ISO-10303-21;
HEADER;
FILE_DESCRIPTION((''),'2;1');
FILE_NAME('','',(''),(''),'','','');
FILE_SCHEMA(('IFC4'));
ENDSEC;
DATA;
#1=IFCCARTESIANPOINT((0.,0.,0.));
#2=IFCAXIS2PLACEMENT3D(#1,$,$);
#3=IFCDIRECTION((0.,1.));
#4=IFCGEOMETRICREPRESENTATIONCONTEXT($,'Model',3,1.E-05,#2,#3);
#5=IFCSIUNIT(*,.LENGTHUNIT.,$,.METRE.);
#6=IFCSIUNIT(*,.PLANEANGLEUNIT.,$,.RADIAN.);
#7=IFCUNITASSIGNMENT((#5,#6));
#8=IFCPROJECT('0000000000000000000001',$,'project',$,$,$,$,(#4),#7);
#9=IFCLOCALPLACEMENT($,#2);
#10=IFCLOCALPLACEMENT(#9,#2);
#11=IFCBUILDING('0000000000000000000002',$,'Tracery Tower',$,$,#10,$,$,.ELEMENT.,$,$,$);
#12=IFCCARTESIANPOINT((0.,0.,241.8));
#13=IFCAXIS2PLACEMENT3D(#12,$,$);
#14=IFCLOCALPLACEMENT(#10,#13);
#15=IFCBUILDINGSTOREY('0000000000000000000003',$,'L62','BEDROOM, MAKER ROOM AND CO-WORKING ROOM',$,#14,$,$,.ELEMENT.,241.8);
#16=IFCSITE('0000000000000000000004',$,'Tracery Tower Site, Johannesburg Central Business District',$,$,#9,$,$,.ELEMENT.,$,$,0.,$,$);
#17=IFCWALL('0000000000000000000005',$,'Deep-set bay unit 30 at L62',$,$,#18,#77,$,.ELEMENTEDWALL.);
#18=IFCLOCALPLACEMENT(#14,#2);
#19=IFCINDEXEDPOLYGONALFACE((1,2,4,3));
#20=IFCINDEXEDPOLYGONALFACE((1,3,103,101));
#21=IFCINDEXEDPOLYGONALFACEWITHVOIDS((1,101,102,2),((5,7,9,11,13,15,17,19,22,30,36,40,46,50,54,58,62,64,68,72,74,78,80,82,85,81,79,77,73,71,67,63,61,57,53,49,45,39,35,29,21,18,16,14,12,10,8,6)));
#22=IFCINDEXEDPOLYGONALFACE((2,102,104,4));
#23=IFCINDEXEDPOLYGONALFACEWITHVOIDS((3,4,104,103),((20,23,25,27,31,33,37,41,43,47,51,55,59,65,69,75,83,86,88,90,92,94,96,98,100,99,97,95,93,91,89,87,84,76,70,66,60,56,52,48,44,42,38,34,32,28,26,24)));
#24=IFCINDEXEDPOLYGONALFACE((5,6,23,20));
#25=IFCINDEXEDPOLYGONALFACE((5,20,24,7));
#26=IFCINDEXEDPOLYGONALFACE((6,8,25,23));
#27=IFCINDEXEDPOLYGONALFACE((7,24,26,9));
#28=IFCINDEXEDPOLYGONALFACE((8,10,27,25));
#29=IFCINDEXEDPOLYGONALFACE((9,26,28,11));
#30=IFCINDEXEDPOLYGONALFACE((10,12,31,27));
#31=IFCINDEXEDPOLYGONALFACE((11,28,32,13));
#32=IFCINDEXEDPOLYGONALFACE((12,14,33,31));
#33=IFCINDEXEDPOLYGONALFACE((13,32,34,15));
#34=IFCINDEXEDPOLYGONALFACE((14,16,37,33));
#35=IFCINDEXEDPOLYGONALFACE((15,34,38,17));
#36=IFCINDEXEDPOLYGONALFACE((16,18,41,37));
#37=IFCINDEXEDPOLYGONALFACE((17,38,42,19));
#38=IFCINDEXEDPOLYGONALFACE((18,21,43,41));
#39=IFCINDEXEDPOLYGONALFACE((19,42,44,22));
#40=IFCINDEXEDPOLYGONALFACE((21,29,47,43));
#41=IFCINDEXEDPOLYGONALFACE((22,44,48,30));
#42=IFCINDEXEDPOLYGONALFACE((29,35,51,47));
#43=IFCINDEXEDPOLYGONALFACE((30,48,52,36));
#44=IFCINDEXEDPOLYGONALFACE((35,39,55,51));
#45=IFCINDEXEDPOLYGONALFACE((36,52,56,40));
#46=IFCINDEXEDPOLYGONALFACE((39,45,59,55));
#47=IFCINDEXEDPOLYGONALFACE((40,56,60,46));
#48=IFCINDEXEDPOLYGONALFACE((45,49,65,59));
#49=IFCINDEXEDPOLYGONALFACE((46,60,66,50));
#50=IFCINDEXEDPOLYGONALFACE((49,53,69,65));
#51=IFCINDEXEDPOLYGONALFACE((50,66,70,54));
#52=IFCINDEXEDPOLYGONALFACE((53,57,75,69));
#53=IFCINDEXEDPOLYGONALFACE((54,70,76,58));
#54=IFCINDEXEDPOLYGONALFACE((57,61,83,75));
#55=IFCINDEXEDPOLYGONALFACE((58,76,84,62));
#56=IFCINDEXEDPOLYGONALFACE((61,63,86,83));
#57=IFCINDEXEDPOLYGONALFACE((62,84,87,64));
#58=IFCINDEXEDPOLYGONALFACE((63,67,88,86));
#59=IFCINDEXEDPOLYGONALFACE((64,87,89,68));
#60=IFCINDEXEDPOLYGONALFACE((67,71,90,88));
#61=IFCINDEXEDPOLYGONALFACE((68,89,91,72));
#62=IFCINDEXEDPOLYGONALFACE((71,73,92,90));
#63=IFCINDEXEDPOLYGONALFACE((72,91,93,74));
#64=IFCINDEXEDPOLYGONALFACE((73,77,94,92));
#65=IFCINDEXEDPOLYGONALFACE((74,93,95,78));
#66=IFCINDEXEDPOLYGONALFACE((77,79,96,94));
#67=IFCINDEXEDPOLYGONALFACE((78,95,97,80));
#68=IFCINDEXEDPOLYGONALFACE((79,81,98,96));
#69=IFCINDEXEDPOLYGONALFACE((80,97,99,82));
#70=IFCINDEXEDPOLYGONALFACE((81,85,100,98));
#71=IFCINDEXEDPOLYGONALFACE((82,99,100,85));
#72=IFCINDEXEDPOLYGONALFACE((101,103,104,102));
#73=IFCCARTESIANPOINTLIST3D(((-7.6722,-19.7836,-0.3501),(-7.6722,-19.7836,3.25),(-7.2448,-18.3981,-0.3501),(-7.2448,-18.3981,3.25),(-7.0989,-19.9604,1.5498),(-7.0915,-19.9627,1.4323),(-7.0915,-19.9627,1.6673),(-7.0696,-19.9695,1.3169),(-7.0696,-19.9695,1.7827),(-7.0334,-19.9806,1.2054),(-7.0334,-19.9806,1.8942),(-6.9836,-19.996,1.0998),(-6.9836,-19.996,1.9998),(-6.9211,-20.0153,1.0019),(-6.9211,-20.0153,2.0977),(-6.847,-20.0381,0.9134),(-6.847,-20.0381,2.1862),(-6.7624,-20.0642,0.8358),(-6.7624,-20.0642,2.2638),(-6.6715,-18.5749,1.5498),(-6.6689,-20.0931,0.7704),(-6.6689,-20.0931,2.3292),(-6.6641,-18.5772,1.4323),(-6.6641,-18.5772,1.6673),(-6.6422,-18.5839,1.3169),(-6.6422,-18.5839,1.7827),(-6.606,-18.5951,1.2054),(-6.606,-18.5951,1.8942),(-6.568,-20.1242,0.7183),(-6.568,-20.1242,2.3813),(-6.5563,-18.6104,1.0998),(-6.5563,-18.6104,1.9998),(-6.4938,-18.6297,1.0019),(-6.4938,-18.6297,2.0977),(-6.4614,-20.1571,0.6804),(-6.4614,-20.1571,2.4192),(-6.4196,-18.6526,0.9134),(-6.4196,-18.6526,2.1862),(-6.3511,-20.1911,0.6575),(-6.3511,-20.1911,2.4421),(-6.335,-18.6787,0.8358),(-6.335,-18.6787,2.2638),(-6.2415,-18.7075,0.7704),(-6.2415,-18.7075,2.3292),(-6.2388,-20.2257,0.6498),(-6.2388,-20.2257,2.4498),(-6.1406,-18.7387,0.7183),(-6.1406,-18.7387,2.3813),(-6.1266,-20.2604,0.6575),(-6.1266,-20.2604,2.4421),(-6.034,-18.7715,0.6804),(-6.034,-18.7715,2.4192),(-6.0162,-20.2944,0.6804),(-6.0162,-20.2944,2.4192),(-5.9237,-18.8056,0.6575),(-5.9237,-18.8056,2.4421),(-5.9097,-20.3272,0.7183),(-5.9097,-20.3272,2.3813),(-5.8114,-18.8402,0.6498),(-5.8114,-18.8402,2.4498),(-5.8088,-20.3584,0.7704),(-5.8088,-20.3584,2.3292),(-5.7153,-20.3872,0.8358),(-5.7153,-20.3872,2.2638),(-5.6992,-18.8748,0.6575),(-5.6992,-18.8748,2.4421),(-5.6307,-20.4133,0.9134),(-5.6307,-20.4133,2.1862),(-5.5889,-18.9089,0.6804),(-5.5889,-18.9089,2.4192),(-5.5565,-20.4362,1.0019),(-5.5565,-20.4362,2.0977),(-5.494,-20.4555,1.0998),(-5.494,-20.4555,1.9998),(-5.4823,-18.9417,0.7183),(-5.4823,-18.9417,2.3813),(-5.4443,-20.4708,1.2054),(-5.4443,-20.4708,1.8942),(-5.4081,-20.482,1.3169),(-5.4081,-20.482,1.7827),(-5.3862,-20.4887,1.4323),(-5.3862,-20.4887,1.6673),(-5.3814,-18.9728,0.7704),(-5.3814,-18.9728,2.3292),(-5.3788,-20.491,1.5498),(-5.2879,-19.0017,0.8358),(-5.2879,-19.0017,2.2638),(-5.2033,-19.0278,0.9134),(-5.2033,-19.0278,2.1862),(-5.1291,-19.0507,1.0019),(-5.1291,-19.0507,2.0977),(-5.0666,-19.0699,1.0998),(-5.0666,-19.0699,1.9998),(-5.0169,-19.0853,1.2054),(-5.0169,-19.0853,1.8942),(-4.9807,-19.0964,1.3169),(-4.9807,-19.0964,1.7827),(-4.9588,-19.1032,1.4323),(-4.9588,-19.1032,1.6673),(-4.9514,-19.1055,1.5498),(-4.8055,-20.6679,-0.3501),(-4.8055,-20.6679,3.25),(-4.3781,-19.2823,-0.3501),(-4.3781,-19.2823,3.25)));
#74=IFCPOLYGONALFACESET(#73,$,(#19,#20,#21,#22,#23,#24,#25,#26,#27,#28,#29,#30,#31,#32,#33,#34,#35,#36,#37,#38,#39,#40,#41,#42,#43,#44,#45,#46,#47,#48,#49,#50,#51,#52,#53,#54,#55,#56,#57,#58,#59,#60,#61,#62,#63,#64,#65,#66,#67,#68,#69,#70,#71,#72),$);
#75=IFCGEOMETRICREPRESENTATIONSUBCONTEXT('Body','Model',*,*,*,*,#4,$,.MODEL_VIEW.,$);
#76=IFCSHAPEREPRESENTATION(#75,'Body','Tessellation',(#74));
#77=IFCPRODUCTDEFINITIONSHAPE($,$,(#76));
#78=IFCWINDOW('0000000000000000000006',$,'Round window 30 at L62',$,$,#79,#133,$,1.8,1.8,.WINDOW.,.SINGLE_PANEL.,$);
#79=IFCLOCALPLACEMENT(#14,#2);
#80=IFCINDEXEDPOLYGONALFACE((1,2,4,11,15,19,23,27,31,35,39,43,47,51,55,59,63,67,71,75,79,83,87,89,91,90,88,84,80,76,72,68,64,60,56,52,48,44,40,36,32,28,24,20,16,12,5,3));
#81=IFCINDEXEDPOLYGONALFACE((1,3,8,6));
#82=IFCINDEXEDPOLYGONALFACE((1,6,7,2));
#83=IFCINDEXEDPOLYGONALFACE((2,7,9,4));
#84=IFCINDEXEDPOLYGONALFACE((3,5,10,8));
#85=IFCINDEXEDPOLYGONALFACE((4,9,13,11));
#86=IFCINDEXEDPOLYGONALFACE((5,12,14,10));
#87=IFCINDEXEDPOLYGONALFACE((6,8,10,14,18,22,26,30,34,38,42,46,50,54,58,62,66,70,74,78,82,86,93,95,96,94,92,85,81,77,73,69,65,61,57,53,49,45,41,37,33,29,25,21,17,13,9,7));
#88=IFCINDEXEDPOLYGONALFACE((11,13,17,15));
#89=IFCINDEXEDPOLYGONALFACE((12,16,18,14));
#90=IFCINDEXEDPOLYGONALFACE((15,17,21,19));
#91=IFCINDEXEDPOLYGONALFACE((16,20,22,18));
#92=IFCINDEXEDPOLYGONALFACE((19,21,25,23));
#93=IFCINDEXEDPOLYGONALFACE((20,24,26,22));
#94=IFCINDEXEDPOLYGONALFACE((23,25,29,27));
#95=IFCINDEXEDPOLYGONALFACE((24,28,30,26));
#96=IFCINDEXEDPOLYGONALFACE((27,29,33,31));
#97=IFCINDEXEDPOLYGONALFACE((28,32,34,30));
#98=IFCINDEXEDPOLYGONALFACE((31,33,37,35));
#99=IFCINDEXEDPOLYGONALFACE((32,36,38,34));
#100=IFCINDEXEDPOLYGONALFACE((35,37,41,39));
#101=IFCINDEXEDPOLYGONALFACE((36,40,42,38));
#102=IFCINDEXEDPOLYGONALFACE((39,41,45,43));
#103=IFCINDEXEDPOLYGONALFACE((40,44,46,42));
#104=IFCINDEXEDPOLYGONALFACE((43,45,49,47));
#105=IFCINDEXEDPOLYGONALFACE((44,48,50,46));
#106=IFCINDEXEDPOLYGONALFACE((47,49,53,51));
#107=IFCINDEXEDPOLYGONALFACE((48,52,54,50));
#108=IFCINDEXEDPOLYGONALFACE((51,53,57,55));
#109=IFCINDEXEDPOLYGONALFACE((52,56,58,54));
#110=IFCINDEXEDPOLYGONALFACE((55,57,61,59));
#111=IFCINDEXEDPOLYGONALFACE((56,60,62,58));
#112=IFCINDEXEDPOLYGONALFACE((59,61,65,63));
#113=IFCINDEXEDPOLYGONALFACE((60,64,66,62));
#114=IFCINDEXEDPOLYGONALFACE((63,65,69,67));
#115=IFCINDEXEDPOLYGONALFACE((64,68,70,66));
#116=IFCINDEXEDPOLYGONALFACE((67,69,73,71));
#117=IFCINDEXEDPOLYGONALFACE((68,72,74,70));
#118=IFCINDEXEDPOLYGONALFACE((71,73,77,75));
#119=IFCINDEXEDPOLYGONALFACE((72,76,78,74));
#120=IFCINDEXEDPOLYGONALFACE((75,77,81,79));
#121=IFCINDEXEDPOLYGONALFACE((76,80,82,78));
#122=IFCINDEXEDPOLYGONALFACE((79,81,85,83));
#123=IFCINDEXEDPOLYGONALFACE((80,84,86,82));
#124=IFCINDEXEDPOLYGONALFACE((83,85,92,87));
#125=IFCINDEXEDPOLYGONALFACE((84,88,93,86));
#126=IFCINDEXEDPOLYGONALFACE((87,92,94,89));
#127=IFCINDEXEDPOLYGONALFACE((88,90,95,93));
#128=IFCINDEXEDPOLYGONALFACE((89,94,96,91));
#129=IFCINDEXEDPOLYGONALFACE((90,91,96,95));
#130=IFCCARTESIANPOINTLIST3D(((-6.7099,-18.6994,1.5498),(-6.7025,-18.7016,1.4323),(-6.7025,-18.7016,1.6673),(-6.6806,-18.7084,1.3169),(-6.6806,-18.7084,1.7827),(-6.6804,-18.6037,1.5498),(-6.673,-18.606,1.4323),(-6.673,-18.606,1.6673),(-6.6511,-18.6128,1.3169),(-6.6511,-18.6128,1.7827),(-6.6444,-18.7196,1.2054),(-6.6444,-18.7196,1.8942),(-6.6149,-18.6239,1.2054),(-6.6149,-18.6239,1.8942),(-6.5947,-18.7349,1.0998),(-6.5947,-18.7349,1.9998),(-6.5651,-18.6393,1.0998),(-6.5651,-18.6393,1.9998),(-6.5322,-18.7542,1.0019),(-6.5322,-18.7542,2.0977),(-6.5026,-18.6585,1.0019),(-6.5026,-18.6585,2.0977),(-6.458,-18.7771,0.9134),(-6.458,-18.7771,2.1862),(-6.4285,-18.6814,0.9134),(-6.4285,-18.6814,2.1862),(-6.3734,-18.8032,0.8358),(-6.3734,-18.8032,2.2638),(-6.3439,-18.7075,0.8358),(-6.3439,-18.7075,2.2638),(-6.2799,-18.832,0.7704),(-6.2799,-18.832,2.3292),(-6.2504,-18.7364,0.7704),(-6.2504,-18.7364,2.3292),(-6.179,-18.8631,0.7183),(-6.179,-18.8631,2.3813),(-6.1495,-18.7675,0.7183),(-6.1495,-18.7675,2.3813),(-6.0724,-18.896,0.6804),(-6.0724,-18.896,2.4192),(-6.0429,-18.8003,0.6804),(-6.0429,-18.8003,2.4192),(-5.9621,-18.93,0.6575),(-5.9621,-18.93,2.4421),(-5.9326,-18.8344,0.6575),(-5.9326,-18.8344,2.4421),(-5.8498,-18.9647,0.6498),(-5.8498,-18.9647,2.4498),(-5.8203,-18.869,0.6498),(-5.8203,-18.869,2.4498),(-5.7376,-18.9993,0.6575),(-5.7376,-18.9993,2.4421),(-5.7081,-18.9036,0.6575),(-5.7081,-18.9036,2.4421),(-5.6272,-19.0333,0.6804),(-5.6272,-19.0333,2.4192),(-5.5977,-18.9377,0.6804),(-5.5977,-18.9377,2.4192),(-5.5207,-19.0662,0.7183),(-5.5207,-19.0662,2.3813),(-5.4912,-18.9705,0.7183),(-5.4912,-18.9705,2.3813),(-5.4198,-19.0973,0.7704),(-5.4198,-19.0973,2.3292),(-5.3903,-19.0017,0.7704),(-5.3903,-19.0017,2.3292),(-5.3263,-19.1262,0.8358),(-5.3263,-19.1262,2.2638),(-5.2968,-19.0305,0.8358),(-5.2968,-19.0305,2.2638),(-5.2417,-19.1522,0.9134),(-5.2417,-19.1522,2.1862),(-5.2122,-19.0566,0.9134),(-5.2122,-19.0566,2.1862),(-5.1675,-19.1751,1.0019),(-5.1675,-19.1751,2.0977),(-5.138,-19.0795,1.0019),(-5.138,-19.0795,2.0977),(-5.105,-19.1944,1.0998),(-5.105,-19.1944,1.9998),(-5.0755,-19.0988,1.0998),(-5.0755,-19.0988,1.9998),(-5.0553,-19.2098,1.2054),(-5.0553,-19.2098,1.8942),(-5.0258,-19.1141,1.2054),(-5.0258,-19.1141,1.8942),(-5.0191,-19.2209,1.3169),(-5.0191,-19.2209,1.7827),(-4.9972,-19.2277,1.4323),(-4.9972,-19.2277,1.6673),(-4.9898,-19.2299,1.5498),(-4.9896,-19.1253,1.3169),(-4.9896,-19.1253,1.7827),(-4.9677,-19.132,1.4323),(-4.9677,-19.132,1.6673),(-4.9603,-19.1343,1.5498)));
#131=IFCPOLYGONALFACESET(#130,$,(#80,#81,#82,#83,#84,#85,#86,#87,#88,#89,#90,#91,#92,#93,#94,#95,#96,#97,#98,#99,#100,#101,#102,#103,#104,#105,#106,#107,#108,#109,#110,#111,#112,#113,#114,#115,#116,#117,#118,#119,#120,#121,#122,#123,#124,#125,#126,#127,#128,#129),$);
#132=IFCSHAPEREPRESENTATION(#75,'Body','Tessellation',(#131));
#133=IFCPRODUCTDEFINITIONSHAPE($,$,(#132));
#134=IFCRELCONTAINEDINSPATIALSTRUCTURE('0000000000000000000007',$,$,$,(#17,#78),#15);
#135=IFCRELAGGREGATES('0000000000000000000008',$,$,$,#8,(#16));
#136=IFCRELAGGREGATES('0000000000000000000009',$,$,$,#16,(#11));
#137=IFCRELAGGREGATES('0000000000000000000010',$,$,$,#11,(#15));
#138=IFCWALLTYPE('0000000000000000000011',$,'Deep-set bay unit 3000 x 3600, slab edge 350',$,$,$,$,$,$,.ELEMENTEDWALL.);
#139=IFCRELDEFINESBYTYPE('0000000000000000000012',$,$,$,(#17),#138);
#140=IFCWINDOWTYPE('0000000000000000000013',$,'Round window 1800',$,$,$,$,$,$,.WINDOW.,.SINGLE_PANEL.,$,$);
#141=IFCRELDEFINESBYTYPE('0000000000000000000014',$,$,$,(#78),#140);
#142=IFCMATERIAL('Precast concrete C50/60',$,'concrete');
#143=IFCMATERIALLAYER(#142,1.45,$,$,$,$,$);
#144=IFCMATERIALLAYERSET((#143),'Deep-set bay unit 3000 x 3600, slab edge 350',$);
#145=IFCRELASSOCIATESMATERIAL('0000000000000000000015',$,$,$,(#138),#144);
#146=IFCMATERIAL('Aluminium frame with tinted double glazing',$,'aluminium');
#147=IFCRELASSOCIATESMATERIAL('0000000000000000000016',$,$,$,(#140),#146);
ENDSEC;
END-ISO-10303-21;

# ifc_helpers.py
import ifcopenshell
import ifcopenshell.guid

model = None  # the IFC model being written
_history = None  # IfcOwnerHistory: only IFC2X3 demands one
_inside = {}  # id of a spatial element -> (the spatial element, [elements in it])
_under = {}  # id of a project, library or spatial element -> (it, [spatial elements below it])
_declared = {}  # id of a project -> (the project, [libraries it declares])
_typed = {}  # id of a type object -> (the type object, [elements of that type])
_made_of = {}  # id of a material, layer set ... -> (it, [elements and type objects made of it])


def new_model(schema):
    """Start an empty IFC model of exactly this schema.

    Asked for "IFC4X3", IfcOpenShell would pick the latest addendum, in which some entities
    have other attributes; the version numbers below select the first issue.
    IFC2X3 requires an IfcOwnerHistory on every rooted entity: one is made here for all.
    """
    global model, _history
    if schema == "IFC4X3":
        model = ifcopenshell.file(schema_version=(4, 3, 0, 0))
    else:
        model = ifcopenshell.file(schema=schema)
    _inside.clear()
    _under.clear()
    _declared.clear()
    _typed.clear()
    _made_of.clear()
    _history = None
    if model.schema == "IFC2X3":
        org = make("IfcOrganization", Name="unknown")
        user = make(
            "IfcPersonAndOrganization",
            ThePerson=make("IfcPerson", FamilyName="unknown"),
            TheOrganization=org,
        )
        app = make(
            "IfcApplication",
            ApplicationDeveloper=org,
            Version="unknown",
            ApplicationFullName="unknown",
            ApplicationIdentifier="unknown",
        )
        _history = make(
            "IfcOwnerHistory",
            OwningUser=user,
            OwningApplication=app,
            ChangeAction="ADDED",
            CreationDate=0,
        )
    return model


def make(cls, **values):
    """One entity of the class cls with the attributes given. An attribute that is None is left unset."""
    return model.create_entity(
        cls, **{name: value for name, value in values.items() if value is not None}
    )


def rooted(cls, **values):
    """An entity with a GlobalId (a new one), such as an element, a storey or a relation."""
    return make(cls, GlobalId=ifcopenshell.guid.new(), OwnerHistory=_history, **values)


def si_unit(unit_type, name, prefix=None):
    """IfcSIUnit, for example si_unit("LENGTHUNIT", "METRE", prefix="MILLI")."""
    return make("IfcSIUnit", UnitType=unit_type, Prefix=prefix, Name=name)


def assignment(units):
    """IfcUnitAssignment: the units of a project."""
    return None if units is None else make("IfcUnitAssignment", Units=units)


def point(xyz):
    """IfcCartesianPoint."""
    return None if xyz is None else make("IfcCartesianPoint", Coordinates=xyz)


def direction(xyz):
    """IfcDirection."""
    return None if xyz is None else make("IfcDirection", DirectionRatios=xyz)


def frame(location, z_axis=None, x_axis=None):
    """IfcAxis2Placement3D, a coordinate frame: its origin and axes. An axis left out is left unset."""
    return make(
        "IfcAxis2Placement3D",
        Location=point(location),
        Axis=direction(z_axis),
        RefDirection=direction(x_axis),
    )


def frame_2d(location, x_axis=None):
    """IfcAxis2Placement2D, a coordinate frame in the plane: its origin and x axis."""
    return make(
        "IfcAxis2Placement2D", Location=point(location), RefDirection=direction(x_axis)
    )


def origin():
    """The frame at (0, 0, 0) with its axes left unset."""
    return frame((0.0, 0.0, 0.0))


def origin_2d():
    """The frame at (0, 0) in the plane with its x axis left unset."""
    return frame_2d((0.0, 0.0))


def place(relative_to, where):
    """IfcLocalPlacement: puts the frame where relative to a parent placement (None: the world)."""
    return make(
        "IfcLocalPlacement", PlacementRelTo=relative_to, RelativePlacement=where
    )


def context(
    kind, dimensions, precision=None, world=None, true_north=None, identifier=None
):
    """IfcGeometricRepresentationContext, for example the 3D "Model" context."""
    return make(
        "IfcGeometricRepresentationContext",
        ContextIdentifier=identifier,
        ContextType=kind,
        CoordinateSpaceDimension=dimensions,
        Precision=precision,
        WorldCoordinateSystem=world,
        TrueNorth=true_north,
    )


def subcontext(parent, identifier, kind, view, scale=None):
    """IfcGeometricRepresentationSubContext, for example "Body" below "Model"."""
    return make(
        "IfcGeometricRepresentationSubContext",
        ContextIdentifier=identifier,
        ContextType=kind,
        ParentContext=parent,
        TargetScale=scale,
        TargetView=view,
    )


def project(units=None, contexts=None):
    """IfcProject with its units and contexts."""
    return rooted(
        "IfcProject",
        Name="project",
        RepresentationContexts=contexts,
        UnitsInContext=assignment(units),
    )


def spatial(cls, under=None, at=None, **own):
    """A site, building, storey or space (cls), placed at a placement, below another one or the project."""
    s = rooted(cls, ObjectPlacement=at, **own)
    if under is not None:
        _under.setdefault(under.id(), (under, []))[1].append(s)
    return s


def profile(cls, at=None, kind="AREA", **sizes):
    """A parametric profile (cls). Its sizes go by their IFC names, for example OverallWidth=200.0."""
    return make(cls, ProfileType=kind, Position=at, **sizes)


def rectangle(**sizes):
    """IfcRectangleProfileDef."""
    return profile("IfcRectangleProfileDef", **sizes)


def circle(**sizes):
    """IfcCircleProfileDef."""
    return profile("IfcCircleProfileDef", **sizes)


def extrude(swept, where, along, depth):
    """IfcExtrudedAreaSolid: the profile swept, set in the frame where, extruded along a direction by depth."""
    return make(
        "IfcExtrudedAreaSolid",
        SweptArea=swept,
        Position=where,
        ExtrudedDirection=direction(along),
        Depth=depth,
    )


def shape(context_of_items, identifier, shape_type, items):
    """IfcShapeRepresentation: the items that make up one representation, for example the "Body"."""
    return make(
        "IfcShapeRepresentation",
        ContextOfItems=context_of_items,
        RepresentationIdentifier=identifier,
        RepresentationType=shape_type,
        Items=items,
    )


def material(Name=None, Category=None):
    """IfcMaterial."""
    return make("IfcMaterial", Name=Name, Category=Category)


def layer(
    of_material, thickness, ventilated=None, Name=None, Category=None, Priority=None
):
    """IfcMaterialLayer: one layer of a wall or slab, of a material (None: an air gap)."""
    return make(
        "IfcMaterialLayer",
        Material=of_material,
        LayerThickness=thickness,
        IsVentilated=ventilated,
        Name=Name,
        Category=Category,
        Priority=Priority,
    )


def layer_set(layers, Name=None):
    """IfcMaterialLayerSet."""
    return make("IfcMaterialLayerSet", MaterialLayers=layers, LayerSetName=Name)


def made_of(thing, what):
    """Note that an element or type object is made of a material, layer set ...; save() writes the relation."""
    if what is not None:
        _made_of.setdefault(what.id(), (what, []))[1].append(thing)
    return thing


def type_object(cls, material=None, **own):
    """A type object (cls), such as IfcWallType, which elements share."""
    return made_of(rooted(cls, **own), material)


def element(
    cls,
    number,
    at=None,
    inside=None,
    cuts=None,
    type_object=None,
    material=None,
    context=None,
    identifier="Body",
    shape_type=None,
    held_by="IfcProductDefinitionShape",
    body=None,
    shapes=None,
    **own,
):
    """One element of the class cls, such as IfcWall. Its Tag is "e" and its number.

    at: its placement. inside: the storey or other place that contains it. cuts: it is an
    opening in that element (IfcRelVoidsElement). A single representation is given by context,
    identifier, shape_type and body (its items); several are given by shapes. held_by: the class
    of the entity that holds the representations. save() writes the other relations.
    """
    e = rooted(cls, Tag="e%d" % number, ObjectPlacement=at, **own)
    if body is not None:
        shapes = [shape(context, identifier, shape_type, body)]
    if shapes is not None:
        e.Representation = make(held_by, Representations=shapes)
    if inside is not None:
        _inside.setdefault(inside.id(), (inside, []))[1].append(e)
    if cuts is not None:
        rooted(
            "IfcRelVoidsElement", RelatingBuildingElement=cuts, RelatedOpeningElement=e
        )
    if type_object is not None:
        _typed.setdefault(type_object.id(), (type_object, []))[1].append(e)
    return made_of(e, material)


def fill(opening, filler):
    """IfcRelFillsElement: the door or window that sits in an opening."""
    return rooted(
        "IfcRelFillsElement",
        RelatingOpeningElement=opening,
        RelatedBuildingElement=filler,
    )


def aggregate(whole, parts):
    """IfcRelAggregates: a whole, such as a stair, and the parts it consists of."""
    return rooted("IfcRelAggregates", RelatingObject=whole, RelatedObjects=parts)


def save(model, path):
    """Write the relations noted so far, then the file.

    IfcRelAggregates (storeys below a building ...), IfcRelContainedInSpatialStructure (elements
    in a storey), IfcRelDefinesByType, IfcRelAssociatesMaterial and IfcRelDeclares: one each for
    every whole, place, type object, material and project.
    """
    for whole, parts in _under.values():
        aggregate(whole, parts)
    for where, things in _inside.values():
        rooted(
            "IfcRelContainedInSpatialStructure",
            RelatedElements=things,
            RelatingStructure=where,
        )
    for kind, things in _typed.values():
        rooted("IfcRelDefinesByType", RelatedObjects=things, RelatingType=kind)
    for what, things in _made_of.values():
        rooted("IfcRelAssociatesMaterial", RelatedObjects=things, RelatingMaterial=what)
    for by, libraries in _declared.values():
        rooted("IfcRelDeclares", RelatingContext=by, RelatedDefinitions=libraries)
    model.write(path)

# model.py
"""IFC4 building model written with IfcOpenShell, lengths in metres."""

from ifc_helpers import new_model, si_unit, direction, frame, frame_2d, origin, origin_2d, place, context, subcontext, project, spatial, rectangle, circle, extrude, material, layer, layer_set, type_object, element, fill, save


model = new_model("IFC4")

# Units and contexts
model_context = context("Model", 3, precision=1e-05, world=origin(), true_north=direction((0.0, 1.0)))
body_context = subcontext(model_context, "Body", "Model", "MODEL_VIEW")
ifc_project = project(units=[si_unit("LENGTHUNIT", "METRE"), si_unit("PLANEANGLEUNIT", "RADIAN")], contexts=[model_context])

# Site, building, storey
site_placement = place(None, origin())
site = spatial("IfcSite", under=ifc_project, at=site_placement, Name="Tracery Tower Site, Johannesburg Central Business District", CompositionType="ELEMENT", RefElevation=0.0)
building_placement = place(site_placement, origin())
building = spatial("IfcBuilding", under=site, at=building_placement, Name="Tracery Tower", CompositionType="ELEMENT")
storey_placement = place(building_placement, frame((0.0, 0.0, 241.8)))
storey = spatial("IfcBuildingStorey", under=building, at=storey_placement, Name="L62", Description="BEDROOM, MAKER ROOM AND CO-WORKING ROOM", CompositionType="ELEMENT", Elevation=241.8)

# Wall, opening, window
ifc_material_1 = material(Name="Precast concrete C50/60", Category="concrete")
ifc_layer_1 = layer(ifc_material_1, 1.45)
ifc_layer_set_1 = layer_set([ifc_layer_1], Name="Deep-set bay unit 3000 x 3600, slab edge 350")
wall_type_1 = type_object("IfcWallType", Name="Deep-set bay unit 3000 x 3600, slab edge 350", PredefinedType="ELEMENTEDWALL", material=ifc_layer_set_1)
wall_1_placement = place(storey_placement, frame((-7.4585, -19.0908, -0.3501), z_axis=(0.0, 0.0, 1.0), x_axis=(0.955571, -0.294761, 0.0)))
wall_1 = element("IfcWall", 1, at=wall_1_placement, inside=storey, type_object=wall_type_1, Name="Deep-set bay unit 30 at L62", PredefinedType="ELEMENTEDWALL", context=body_context, shape_type="SweptSolid", body=[
    extrude(rectangle(XDim=3.0, YDim=1.45, at=frame_2d((1.5, 0.0))), origin(), (0.0, 0.0, 1.0), 3.6001),
])
opening_1_placement = place(wall_1_placement, frame((1.5, 0.0, 1.8999)))
opening_1 = element("IfcOpeningElement", 2, at=opening_1_placement, cuts=wall_1, PredefinedType="OPENING", context=body_context, shape_type="SweptSolid", body=[
    extrude(circle(Radius=0.9, at=origin_2d()), frame((0.0, 0.7349, 0.0), z_axis=(0.0, -1.0, 0.0), x_axis=(1.0, 0.0, 0.0)), (0.0, 0.0, 1.0), 1.47),
])
ifc_material_2 = material(Name="Aluminium frame with tinted double glazing", Category="aluminium")
window_type = type_object("IfcWindowType", Name="Round window 1800", PartitioningType="SINGLE_PANEL", PredefinedType="WINDOW", material=ifc_material_2)
window_1_placement = place(opening_1_placement, origin())
window_1 = element("IfcWindow", 3, at=window_1_placement, inside=storey, type_object=window_type, Name="Round window 30 at L62", OverallHeight=1.8, OverallWidth=1.8, PartitioningType="SINGLE_PANEL", PredefinedType="WINDOW", context=body_context, shape_type="SweptSolid", body=[
    extrude(circle(Radius=0.9, at=origin_2d()), frame((0.0, 0.6948, 0.0), z_axis=(0.0, -1.0, 0.0), x_axis=(1.0, 0.0, 0.0)), (0.0, 0.0, 1.0), 0.1001),
])
fill(opening_1, window_1)

save(model, "model.ifc")
